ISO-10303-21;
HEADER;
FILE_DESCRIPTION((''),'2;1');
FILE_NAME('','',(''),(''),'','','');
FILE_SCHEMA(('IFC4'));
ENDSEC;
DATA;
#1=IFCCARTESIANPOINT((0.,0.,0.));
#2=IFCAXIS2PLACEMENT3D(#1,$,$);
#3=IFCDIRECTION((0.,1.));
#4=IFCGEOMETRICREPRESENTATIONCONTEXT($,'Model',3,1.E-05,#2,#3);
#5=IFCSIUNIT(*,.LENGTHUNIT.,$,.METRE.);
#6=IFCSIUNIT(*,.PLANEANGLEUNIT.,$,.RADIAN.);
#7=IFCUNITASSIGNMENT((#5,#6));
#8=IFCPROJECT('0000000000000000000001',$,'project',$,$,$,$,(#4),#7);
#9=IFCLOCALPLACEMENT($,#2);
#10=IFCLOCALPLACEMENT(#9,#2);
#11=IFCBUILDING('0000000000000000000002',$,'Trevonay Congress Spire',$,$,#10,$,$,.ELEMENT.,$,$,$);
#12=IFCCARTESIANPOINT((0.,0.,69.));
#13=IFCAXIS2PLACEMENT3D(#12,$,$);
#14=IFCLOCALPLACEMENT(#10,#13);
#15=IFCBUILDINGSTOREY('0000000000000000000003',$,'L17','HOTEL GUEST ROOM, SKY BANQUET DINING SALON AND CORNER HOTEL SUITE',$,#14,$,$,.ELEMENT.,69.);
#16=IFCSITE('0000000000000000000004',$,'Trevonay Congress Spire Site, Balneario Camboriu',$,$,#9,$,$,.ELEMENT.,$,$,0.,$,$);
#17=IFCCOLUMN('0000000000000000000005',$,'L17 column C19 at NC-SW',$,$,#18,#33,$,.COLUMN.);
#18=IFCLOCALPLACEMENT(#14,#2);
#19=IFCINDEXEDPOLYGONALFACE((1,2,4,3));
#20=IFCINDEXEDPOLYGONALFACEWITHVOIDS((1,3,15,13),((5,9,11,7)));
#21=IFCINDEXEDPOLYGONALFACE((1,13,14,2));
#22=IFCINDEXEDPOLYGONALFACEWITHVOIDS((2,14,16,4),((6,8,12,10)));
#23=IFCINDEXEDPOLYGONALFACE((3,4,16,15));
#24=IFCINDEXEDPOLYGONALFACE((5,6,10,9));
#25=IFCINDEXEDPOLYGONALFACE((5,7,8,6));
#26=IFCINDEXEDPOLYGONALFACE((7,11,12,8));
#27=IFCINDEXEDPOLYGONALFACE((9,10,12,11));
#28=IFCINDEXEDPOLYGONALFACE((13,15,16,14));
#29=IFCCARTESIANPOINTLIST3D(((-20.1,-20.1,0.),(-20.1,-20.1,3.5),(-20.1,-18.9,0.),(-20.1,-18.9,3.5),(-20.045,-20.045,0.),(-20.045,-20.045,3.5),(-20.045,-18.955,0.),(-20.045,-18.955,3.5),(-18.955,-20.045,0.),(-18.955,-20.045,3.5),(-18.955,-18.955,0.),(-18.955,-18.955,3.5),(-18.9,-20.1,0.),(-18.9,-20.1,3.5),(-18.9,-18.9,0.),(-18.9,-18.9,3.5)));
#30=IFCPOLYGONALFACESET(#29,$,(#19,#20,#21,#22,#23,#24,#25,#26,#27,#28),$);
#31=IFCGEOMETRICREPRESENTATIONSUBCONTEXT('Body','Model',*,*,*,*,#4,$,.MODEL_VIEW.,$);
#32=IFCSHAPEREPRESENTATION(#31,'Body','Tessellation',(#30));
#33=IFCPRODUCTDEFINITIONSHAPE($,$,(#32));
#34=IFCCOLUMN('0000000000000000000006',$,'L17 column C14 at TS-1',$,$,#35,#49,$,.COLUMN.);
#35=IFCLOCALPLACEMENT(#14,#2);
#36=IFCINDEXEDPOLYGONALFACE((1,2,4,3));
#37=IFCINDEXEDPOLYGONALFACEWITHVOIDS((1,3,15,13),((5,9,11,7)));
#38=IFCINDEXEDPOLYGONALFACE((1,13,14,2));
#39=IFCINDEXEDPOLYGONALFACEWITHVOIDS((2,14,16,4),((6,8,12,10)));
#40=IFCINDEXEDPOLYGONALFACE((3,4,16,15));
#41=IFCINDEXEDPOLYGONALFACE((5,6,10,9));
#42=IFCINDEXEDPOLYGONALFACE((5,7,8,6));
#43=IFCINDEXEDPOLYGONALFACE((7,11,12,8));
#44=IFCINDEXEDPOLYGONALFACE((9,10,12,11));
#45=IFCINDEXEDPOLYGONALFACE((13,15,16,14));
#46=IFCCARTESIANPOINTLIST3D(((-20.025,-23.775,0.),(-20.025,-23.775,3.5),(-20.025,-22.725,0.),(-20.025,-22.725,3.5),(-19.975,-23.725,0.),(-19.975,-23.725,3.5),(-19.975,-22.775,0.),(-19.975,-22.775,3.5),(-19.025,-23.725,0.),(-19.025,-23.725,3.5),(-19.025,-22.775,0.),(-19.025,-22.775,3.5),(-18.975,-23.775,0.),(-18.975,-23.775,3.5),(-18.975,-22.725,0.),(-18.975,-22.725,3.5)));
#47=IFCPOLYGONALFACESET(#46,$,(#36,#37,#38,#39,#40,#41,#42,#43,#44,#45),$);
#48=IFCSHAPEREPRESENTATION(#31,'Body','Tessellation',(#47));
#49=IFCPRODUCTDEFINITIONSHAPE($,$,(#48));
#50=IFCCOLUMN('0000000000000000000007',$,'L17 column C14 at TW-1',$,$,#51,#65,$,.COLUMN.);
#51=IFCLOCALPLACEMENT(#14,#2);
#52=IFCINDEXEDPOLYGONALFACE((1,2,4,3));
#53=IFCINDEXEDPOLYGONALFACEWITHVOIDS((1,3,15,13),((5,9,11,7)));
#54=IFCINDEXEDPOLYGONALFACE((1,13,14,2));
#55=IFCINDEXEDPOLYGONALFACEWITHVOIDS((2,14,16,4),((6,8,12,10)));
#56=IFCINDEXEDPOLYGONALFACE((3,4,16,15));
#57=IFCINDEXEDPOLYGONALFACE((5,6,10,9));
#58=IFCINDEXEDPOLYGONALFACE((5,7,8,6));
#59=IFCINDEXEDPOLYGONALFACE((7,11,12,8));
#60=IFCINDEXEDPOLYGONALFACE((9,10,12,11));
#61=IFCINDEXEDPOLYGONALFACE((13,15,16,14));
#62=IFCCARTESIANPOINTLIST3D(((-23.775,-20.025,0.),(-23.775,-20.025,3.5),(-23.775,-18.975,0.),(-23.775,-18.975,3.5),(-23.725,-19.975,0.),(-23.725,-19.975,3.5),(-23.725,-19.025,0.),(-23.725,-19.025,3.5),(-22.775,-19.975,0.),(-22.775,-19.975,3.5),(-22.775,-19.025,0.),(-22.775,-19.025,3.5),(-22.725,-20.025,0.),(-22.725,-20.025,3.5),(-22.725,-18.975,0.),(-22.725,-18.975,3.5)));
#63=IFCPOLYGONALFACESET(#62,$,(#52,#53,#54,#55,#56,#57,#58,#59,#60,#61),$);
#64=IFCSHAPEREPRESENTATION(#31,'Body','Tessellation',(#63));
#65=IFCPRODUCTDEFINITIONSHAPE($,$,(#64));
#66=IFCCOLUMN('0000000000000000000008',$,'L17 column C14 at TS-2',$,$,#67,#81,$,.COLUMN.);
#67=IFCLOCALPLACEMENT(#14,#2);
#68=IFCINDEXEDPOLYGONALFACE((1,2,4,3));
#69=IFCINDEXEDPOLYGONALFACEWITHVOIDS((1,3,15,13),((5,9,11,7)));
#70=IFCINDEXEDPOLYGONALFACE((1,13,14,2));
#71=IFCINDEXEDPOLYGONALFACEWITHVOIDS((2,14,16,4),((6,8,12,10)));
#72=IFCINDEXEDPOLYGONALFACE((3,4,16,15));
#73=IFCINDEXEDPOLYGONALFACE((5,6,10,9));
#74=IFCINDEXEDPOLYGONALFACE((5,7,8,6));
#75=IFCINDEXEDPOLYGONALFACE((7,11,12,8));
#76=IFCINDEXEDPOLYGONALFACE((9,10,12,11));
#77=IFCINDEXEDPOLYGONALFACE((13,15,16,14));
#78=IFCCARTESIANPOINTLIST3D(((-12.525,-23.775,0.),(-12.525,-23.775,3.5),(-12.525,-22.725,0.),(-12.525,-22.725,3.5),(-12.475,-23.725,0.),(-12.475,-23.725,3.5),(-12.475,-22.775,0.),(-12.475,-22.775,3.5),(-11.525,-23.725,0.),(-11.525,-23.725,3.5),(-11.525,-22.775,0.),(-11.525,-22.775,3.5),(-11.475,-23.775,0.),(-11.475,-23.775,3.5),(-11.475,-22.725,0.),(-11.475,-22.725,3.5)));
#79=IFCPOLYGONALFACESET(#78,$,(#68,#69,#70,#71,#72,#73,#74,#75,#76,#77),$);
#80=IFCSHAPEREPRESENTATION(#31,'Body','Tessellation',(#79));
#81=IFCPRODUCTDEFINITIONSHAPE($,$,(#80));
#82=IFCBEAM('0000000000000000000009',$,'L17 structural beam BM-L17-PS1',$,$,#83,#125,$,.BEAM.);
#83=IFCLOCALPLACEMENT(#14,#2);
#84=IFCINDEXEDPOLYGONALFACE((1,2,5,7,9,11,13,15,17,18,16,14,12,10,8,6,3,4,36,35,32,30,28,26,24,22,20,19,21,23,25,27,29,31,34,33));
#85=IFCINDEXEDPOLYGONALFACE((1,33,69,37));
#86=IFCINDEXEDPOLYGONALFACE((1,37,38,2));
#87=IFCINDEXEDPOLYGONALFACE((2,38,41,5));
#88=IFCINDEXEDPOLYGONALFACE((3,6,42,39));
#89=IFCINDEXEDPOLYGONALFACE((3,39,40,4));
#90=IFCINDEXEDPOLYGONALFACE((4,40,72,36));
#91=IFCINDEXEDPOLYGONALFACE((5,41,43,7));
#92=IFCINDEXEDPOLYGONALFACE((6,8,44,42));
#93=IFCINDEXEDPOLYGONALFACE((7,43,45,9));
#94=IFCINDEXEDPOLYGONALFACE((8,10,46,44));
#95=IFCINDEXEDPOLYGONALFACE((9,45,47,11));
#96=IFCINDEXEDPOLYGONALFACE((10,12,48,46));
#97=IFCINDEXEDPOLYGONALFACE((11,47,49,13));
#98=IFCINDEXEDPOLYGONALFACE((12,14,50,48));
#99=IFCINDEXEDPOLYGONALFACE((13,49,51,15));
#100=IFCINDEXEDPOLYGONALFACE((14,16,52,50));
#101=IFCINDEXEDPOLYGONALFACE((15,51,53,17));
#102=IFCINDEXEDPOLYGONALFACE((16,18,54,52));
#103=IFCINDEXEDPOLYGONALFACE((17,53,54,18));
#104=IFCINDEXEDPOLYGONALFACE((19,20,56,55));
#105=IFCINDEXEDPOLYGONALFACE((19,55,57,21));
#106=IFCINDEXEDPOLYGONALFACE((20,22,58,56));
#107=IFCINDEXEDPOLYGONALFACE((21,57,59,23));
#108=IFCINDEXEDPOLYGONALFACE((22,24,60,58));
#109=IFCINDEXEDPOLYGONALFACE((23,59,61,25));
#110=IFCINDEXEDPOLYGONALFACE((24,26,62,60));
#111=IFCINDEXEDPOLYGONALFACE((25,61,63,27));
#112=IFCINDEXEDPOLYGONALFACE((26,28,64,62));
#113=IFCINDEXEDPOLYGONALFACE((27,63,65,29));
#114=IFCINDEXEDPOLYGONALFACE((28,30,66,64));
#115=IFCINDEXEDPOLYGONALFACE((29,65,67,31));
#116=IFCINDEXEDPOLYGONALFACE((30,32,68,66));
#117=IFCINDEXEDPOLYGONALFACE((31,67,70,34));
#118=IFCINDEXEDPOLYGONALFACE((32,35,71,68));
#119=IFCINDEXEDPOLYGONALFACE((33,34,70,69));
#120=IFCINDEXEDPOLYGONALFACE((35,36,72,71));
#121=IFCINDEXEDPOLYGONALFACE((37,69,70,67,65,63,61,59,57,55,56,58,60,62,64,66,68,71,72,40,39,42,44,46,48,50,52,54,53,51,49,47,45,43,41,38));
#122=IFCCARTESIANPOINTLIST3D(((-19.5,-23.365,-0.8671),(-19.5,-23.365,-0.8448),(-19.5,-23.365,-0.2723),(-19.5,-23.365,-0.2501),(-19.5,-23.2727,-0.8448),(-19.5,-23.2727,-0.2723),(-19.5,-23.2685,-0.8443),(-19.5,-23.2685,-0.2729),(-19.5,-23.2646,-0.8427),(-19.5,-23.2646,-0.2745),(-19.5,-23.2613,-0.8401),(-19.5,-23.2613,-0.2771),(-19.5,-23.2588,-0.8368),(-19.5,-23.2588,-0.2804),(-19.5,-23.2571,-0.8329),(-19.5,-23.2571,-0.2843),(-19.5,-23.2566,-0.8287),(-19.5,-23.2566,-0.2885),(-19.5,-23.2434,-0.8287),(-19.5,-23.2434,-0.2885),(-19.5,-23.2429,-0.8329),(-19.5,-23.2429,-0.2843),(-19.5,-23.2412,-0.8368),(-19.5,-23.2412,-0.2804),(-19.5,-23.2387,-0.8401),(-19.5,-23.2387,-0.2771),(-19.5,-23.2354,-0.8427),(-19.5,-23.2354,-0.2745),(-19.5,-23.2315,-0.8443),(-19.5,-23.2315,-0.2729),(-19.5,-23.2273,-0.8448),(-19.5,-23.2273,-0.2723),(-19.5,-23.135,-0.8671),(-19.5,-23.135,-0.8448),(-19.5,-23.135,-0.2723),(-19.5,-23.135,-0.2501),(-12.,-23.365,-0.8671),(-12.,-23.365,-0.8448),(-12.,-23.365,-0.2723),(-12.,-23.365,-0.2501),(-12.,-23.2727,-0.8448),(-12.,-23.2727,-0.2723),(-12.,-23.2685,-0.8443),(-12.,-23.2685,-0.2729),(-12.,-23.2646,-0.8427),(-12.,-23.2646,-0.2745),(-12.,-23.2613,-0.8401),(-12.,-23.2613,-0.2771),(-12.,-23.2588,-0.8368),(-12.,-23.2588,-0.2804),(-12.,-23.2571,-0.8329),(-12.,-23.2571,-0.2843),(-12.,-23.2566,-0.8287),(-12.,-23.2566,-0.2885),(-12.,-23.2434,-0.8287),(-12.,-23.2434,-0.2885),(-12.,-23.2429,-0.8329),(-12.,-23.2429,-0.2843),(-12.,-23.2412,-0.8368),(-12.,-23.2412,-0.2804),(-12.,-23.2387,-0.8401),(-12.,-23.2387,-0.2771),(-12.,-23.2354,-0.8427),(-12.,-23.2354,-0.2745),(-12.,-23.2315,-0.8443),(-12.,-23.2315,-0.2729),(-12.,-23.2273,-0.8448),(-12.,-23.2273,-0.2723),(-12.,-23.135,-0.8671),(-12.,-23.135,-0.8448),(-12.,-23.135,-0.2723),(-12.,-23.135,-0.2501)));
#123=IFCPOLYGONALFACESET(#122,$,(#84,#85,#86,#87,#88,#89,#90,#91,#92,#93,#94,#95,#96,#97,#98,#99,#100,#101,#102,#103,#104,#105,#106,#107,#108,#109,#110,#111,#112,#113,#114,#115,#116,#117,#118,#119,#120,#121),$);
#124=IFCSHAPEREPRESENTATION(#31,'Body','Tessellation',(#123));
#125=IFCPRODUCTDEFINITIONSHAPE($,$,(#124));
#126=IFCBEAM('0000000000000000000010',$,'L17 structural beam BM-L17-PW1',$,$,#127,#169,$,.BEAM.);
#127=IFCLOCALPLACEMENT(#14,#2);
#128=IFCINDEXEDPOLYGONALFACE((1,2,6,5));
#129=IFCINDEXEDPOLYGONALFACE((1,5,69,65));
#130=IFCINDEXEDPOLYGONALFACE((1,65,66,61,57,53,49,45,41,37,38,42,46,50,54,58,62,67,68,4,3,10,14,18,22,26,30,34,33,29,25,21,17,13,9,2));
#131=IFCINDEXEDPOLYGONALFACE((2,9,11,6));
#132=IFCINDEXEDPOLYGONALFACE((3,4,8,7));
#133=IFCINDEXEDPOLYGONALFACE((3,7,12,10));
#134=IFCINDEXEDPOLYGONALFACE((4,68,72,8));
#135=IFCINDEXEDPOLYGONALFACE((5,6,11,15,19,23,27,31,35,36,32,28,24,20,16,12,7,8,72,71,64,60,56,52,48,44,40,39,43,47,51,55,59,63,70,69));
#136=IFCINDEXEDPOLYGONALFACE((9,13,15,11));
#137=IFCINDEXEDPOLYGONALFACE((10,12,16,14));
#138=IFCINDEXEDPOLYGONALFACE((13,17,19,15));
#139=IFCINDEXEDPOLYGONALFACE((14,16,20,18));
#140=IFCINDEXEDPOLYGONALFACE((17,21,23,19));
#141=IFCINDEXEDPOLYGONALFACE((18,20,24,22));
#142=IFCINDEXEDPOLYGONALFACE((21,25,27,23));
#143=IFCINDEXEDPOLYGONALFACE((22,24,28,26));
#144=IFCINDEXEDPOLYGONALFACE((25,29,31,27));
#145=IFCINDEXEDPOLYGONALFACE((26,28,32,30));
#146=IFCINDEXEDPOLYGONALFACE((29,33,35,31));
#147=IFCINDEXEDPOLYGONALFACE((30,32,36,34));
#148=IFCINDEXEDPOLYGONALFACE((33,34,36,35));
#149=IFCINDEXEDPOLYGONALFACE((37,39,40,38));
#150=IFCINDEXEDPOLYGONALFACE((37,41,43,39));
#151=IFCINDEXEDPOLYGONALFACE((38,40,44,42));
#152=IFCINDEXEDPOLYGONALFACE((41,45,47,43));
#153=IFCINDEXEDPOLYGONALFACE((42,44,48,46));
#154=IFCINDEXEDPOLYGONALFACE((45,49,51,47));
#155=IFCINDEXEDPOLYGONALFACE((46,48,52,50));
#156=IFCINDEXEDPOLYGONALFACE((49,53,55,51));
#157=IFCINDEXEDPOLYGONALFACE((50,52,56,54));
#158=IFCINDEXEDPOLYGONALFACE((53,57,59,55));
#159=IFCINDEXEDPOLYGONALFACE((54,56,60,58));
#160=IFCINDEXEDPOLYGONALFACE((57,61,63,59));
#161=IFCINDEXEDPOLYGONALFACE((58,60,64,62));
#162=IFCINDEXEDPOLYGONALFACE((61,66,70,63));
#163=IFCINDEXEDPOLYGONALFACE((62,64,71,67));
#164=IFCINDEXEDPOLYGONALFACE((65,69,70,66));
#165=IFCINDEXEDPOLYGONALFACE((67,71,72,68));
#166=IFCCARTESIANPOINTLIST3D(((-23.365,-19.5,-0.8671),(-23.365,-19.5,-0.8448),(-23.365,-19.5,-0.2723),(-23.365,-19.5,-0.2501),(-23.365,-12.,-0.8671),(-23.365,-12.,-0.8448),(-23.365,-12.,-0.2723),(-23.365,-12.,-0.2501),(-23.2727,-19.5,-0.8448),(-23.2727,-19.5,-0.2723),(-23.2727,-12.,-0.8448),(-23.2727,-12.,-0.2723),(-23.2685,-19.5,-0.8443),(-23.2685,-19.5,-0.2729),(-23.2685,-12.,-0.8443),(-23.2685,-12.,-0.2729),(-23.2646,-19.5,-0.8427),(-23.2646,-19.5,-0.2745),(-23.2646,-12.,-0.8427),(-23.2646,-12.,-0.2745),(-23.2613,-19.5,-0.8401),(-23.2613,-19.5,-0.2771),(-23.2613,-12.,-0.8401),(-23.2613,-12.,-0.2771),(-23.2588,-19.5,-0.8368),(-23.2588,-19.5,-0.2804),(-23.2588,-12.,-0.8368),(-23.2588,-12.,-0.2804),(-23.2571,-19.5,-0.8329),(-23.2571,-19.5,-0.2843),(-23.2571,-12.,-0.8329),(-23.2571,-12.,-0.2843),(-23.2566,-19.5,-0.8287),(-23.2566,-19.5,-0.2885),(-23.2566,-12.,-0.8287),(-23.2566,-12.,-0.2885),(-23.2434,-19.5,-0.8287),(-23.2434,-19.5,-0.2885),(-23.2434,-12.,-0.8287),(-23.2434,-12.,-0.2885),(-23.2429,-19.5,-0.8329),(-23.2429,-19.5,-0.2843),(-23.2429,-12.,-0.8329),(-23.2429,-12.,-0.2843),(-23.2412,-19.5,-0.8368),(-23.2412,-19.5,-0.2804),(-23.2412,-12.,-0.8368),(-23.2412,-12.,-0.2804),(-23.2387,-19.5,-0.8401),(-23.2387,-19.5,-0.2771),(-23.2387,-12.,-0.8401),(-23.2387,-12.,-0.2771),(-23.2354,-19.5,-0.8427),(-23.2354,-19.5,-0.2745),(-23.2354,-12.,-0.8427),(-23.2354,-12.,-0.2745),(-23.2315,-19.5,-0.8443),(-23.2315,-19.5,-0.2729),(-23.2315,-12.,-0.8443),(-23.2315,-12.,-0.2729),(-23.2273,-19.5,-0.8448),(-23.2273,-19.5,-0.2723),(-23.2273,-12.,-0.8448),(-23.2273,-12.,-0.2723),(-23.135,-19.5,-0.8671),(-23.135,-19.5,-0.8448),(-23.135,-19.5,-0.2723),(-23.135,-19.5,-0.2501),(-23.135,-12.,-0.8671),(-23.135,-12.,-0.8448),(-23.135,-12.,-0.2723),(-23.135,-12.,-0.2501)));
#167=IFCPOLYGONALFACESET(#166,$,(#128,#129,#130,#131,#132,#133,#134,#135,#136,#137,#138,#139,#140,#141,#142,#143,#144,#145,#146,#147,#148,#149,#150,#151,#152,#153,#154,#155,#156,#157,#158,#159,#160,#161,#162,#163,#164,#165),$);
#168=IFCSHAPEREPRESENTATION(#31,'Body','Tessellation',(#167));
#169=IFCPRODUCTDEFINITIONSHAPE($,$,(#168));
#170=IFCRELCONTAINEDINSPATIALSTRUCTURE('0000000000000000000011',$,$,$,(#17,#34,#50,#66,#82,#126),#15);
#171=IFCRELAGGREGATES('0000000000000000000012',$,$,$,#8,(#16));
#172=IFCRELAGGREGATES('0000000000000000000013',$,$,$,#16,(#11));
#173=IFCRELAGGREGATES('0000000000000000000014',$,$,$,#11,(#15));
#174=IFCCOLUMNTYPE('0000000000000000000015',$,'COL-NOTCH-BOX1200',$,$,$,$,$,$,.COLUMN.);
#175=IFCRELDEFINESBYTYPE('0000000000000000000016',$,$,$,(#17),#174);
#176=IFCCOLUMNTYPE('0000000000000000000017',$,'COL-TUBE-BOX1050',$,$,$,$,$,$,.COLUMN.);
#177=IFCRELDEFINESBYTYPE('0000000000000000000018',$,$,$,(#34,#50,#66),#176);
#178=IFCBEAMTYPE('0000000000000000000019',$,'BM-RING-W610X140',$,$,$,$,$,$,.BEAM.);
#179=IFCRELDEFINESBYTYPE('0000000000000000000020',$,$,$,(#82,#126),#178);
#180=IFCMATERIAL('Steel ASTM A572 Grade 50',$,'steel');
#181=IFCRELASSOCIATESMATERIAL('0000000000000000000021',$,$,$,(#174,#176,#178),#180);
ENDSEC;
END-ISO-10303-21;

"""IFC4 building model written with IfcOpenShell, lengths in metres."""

from ifc_helpers import new_model, si_unit, direction, frame, origin, origin_2d, place, context, subcontext, project, spatial, hollow_rectangle, i_section, extrude, material, material_profile, profile_set, type_object, element, save


model = new_model("IFC4")

# Units and contexts
model_context = context("Model", 3, precision=1e-05, world=origin(), true_north=direction((0.0, 1.0)))
body_context = subcontext(model_context, "Body", "Model", "MODEL_VIEW")
ifc_project = project(units=[si_unit("LENGTHUNIT", "METRE"), si_unit("PLANEANGLEUNIT", "RADIAN")], contexts=[model_context])

# Site, building, storey
site_placement = place(None, origin())
site = spatial("IfcSite", under=ifc_project, at=site_placement, Name="Trevonay Congress Spire Site, Balneario Camboriu", CompositionType="ELEMENT", RefElevation=0.0)
building_placement = place(site_placement, origin())
building = spatial("IfcBuilding", under=site, at=building_placement, Name="Trevonay Congress Spire", CompositionType="ELEMENT")
storey_placement = place(building_placement, frame((0.0, 0.0, 69.0)))
storey = spatial("IfcBuildingStorey", under=building, at=storey_placement, Name="L17", Description="HOTEL GUEST ROOM, SKY BANQUET DINING SALON AND CORNER HOTEL SUITE", CompositionType="ELEMENT", Elevation=69.0)

# Columns
ifc_material_1 = material(Name="Steel ASTM A572 Grade 50", Category="steel")
ifc_material_profile_1 = material_profile(ifc_material_1, hollow_rectangle(XDim=1.2, YDim=1.2, WallThickness=0.0549, at=origin_2d()), Name="BOX 1200x1200x55")
ifc_profile_set_1 = profile_set([ifc_material_profile_1], Name="Steel ASTM A572 Grade 50")
column_type_1 = type_object("IfcColumnType", Name="COL-NOTCH-BOX1200", PredefinedType="COLUMN", material=ifc_profile_set_1)
column_placement = place(storey_placement, frame((-19.5, -19.5, 0.0), z_axis=(0.0, 0.0, 1.0), x_axis=(1.0, 0.0, 0.0)))
element("IfcColumn", 1, at=column_placement, inside=storey, type_object=column_type_1, Name="L17 column C19 at NC-SW", PredefinedType="COLUMN", context=body_context, shape_type="SweptSolid", body=[
    extrude(hollow_rectangle(XDim=1.2, YDim=1.2, WallThickness=0.0549, at=origin_2d()), origin(), (0.0, 0.0, 1.0), 3.5),
])
ifc_material_profile_2 = material_profile(ifc_material_1, hollow_rectangle(XDim=1.05, YDim=1.05, WallThickness=0.05, at=origin_2d()), Name="BOX 1050x1050x50")
ifc_profile_set_2 = profile_set([ifc_material_profile_2], Name="Steel ASTM A572 Grade 50")
column_type_2 = type_object("IfcColumnType", Name="COL-TUBE-BOX1050", PredefinedType="COLUMN", material=ifc_profile_set_2)
for number, where, z_axis, x_axis, name in (
    (2, (-19.5, -23.25, 0.0), (0.0, 0.0, 1.0), (1.0, 0.0, 0.0), "L17 column C14 at TS-1"),
    (3, (-23.25, -19.5, 0.0), (0.0, 0.0, 1.0), (1.0, 0.0, 0.0), "L17 column C14 at TW-1"),
    (4, (-12.0, -23.25, 0.0), (0.0, 0.0, 1.0), (1.0, 0.0, 0.0), "L17 column C14 at TS-2"),
):
    element("IfcColumn", number, at=place(storey_placement, frame(where, z_axis=z_axis, x_axis=x_axis)), inside=storey, type_object=column_type_2, Name=name, PredefinedType="COLUMN", context=body_context, shape_type="SweptSolid", body=[
        extrude(hollow_rectangle(XDim=1.05, YDim=1.05, WallThickness=0.05, at=origin_2d()), origin(), (0.0, 0.0, 1.0), 3.5),
    ])

# Beams
ifc_material_profile_3 = material_profile(ifc_material_1, i_section(OverallWidth=0.23, OverallDepth=0.6169, WebThickness=0.0132, FlangeThickness=0.0222, FilletRadius=0.0161, at=origin_2d()), Name="W610x140")
ifc_profile_set_3 = profile_set([ifc_material_profile_3], Name="Steel ASTM A572 Grade 50")
beam_type = type_object("IfcBeamType", Name="BM-RING-W610X140", PredefinedType="BEAM", material=ifc_profile_set_3)
for number, where, z_axis, x_axis, name in (
    (5, (-19.5, -23.25, -0.5586), (1.0, 0.0, 0.0), (0.0, 1.0, 0.0), "L17 structural beam BM-L17-PS1"),
    (6, (-23.25, -19.5, -0.5586), (0.0, 1.0, 0.0), (-1.0, 0.0, 0.0), "L17 structural beam BM-L17-PW1"),
):
    element("IfcBeam", number, at=place(storey_placement, frame(where, z_axis=z_axis, x_axis=x_axis)), inside=storey, type_object=beam_type, Name=name, PredefinedType="BEAM", context=body_context, shape_type="SweptSolid", body=[
        extrude(i_section(OverallWidth=0.23, OverallDepth=0.6169, WebThickness=0.0132, FlangeThickness=0.0222, FilletRadius=0.0161, at=origin_2d()), origin(), (0.0, 0.0, 1.0), 7.5),
    ])

save(model, "model.ifc")
